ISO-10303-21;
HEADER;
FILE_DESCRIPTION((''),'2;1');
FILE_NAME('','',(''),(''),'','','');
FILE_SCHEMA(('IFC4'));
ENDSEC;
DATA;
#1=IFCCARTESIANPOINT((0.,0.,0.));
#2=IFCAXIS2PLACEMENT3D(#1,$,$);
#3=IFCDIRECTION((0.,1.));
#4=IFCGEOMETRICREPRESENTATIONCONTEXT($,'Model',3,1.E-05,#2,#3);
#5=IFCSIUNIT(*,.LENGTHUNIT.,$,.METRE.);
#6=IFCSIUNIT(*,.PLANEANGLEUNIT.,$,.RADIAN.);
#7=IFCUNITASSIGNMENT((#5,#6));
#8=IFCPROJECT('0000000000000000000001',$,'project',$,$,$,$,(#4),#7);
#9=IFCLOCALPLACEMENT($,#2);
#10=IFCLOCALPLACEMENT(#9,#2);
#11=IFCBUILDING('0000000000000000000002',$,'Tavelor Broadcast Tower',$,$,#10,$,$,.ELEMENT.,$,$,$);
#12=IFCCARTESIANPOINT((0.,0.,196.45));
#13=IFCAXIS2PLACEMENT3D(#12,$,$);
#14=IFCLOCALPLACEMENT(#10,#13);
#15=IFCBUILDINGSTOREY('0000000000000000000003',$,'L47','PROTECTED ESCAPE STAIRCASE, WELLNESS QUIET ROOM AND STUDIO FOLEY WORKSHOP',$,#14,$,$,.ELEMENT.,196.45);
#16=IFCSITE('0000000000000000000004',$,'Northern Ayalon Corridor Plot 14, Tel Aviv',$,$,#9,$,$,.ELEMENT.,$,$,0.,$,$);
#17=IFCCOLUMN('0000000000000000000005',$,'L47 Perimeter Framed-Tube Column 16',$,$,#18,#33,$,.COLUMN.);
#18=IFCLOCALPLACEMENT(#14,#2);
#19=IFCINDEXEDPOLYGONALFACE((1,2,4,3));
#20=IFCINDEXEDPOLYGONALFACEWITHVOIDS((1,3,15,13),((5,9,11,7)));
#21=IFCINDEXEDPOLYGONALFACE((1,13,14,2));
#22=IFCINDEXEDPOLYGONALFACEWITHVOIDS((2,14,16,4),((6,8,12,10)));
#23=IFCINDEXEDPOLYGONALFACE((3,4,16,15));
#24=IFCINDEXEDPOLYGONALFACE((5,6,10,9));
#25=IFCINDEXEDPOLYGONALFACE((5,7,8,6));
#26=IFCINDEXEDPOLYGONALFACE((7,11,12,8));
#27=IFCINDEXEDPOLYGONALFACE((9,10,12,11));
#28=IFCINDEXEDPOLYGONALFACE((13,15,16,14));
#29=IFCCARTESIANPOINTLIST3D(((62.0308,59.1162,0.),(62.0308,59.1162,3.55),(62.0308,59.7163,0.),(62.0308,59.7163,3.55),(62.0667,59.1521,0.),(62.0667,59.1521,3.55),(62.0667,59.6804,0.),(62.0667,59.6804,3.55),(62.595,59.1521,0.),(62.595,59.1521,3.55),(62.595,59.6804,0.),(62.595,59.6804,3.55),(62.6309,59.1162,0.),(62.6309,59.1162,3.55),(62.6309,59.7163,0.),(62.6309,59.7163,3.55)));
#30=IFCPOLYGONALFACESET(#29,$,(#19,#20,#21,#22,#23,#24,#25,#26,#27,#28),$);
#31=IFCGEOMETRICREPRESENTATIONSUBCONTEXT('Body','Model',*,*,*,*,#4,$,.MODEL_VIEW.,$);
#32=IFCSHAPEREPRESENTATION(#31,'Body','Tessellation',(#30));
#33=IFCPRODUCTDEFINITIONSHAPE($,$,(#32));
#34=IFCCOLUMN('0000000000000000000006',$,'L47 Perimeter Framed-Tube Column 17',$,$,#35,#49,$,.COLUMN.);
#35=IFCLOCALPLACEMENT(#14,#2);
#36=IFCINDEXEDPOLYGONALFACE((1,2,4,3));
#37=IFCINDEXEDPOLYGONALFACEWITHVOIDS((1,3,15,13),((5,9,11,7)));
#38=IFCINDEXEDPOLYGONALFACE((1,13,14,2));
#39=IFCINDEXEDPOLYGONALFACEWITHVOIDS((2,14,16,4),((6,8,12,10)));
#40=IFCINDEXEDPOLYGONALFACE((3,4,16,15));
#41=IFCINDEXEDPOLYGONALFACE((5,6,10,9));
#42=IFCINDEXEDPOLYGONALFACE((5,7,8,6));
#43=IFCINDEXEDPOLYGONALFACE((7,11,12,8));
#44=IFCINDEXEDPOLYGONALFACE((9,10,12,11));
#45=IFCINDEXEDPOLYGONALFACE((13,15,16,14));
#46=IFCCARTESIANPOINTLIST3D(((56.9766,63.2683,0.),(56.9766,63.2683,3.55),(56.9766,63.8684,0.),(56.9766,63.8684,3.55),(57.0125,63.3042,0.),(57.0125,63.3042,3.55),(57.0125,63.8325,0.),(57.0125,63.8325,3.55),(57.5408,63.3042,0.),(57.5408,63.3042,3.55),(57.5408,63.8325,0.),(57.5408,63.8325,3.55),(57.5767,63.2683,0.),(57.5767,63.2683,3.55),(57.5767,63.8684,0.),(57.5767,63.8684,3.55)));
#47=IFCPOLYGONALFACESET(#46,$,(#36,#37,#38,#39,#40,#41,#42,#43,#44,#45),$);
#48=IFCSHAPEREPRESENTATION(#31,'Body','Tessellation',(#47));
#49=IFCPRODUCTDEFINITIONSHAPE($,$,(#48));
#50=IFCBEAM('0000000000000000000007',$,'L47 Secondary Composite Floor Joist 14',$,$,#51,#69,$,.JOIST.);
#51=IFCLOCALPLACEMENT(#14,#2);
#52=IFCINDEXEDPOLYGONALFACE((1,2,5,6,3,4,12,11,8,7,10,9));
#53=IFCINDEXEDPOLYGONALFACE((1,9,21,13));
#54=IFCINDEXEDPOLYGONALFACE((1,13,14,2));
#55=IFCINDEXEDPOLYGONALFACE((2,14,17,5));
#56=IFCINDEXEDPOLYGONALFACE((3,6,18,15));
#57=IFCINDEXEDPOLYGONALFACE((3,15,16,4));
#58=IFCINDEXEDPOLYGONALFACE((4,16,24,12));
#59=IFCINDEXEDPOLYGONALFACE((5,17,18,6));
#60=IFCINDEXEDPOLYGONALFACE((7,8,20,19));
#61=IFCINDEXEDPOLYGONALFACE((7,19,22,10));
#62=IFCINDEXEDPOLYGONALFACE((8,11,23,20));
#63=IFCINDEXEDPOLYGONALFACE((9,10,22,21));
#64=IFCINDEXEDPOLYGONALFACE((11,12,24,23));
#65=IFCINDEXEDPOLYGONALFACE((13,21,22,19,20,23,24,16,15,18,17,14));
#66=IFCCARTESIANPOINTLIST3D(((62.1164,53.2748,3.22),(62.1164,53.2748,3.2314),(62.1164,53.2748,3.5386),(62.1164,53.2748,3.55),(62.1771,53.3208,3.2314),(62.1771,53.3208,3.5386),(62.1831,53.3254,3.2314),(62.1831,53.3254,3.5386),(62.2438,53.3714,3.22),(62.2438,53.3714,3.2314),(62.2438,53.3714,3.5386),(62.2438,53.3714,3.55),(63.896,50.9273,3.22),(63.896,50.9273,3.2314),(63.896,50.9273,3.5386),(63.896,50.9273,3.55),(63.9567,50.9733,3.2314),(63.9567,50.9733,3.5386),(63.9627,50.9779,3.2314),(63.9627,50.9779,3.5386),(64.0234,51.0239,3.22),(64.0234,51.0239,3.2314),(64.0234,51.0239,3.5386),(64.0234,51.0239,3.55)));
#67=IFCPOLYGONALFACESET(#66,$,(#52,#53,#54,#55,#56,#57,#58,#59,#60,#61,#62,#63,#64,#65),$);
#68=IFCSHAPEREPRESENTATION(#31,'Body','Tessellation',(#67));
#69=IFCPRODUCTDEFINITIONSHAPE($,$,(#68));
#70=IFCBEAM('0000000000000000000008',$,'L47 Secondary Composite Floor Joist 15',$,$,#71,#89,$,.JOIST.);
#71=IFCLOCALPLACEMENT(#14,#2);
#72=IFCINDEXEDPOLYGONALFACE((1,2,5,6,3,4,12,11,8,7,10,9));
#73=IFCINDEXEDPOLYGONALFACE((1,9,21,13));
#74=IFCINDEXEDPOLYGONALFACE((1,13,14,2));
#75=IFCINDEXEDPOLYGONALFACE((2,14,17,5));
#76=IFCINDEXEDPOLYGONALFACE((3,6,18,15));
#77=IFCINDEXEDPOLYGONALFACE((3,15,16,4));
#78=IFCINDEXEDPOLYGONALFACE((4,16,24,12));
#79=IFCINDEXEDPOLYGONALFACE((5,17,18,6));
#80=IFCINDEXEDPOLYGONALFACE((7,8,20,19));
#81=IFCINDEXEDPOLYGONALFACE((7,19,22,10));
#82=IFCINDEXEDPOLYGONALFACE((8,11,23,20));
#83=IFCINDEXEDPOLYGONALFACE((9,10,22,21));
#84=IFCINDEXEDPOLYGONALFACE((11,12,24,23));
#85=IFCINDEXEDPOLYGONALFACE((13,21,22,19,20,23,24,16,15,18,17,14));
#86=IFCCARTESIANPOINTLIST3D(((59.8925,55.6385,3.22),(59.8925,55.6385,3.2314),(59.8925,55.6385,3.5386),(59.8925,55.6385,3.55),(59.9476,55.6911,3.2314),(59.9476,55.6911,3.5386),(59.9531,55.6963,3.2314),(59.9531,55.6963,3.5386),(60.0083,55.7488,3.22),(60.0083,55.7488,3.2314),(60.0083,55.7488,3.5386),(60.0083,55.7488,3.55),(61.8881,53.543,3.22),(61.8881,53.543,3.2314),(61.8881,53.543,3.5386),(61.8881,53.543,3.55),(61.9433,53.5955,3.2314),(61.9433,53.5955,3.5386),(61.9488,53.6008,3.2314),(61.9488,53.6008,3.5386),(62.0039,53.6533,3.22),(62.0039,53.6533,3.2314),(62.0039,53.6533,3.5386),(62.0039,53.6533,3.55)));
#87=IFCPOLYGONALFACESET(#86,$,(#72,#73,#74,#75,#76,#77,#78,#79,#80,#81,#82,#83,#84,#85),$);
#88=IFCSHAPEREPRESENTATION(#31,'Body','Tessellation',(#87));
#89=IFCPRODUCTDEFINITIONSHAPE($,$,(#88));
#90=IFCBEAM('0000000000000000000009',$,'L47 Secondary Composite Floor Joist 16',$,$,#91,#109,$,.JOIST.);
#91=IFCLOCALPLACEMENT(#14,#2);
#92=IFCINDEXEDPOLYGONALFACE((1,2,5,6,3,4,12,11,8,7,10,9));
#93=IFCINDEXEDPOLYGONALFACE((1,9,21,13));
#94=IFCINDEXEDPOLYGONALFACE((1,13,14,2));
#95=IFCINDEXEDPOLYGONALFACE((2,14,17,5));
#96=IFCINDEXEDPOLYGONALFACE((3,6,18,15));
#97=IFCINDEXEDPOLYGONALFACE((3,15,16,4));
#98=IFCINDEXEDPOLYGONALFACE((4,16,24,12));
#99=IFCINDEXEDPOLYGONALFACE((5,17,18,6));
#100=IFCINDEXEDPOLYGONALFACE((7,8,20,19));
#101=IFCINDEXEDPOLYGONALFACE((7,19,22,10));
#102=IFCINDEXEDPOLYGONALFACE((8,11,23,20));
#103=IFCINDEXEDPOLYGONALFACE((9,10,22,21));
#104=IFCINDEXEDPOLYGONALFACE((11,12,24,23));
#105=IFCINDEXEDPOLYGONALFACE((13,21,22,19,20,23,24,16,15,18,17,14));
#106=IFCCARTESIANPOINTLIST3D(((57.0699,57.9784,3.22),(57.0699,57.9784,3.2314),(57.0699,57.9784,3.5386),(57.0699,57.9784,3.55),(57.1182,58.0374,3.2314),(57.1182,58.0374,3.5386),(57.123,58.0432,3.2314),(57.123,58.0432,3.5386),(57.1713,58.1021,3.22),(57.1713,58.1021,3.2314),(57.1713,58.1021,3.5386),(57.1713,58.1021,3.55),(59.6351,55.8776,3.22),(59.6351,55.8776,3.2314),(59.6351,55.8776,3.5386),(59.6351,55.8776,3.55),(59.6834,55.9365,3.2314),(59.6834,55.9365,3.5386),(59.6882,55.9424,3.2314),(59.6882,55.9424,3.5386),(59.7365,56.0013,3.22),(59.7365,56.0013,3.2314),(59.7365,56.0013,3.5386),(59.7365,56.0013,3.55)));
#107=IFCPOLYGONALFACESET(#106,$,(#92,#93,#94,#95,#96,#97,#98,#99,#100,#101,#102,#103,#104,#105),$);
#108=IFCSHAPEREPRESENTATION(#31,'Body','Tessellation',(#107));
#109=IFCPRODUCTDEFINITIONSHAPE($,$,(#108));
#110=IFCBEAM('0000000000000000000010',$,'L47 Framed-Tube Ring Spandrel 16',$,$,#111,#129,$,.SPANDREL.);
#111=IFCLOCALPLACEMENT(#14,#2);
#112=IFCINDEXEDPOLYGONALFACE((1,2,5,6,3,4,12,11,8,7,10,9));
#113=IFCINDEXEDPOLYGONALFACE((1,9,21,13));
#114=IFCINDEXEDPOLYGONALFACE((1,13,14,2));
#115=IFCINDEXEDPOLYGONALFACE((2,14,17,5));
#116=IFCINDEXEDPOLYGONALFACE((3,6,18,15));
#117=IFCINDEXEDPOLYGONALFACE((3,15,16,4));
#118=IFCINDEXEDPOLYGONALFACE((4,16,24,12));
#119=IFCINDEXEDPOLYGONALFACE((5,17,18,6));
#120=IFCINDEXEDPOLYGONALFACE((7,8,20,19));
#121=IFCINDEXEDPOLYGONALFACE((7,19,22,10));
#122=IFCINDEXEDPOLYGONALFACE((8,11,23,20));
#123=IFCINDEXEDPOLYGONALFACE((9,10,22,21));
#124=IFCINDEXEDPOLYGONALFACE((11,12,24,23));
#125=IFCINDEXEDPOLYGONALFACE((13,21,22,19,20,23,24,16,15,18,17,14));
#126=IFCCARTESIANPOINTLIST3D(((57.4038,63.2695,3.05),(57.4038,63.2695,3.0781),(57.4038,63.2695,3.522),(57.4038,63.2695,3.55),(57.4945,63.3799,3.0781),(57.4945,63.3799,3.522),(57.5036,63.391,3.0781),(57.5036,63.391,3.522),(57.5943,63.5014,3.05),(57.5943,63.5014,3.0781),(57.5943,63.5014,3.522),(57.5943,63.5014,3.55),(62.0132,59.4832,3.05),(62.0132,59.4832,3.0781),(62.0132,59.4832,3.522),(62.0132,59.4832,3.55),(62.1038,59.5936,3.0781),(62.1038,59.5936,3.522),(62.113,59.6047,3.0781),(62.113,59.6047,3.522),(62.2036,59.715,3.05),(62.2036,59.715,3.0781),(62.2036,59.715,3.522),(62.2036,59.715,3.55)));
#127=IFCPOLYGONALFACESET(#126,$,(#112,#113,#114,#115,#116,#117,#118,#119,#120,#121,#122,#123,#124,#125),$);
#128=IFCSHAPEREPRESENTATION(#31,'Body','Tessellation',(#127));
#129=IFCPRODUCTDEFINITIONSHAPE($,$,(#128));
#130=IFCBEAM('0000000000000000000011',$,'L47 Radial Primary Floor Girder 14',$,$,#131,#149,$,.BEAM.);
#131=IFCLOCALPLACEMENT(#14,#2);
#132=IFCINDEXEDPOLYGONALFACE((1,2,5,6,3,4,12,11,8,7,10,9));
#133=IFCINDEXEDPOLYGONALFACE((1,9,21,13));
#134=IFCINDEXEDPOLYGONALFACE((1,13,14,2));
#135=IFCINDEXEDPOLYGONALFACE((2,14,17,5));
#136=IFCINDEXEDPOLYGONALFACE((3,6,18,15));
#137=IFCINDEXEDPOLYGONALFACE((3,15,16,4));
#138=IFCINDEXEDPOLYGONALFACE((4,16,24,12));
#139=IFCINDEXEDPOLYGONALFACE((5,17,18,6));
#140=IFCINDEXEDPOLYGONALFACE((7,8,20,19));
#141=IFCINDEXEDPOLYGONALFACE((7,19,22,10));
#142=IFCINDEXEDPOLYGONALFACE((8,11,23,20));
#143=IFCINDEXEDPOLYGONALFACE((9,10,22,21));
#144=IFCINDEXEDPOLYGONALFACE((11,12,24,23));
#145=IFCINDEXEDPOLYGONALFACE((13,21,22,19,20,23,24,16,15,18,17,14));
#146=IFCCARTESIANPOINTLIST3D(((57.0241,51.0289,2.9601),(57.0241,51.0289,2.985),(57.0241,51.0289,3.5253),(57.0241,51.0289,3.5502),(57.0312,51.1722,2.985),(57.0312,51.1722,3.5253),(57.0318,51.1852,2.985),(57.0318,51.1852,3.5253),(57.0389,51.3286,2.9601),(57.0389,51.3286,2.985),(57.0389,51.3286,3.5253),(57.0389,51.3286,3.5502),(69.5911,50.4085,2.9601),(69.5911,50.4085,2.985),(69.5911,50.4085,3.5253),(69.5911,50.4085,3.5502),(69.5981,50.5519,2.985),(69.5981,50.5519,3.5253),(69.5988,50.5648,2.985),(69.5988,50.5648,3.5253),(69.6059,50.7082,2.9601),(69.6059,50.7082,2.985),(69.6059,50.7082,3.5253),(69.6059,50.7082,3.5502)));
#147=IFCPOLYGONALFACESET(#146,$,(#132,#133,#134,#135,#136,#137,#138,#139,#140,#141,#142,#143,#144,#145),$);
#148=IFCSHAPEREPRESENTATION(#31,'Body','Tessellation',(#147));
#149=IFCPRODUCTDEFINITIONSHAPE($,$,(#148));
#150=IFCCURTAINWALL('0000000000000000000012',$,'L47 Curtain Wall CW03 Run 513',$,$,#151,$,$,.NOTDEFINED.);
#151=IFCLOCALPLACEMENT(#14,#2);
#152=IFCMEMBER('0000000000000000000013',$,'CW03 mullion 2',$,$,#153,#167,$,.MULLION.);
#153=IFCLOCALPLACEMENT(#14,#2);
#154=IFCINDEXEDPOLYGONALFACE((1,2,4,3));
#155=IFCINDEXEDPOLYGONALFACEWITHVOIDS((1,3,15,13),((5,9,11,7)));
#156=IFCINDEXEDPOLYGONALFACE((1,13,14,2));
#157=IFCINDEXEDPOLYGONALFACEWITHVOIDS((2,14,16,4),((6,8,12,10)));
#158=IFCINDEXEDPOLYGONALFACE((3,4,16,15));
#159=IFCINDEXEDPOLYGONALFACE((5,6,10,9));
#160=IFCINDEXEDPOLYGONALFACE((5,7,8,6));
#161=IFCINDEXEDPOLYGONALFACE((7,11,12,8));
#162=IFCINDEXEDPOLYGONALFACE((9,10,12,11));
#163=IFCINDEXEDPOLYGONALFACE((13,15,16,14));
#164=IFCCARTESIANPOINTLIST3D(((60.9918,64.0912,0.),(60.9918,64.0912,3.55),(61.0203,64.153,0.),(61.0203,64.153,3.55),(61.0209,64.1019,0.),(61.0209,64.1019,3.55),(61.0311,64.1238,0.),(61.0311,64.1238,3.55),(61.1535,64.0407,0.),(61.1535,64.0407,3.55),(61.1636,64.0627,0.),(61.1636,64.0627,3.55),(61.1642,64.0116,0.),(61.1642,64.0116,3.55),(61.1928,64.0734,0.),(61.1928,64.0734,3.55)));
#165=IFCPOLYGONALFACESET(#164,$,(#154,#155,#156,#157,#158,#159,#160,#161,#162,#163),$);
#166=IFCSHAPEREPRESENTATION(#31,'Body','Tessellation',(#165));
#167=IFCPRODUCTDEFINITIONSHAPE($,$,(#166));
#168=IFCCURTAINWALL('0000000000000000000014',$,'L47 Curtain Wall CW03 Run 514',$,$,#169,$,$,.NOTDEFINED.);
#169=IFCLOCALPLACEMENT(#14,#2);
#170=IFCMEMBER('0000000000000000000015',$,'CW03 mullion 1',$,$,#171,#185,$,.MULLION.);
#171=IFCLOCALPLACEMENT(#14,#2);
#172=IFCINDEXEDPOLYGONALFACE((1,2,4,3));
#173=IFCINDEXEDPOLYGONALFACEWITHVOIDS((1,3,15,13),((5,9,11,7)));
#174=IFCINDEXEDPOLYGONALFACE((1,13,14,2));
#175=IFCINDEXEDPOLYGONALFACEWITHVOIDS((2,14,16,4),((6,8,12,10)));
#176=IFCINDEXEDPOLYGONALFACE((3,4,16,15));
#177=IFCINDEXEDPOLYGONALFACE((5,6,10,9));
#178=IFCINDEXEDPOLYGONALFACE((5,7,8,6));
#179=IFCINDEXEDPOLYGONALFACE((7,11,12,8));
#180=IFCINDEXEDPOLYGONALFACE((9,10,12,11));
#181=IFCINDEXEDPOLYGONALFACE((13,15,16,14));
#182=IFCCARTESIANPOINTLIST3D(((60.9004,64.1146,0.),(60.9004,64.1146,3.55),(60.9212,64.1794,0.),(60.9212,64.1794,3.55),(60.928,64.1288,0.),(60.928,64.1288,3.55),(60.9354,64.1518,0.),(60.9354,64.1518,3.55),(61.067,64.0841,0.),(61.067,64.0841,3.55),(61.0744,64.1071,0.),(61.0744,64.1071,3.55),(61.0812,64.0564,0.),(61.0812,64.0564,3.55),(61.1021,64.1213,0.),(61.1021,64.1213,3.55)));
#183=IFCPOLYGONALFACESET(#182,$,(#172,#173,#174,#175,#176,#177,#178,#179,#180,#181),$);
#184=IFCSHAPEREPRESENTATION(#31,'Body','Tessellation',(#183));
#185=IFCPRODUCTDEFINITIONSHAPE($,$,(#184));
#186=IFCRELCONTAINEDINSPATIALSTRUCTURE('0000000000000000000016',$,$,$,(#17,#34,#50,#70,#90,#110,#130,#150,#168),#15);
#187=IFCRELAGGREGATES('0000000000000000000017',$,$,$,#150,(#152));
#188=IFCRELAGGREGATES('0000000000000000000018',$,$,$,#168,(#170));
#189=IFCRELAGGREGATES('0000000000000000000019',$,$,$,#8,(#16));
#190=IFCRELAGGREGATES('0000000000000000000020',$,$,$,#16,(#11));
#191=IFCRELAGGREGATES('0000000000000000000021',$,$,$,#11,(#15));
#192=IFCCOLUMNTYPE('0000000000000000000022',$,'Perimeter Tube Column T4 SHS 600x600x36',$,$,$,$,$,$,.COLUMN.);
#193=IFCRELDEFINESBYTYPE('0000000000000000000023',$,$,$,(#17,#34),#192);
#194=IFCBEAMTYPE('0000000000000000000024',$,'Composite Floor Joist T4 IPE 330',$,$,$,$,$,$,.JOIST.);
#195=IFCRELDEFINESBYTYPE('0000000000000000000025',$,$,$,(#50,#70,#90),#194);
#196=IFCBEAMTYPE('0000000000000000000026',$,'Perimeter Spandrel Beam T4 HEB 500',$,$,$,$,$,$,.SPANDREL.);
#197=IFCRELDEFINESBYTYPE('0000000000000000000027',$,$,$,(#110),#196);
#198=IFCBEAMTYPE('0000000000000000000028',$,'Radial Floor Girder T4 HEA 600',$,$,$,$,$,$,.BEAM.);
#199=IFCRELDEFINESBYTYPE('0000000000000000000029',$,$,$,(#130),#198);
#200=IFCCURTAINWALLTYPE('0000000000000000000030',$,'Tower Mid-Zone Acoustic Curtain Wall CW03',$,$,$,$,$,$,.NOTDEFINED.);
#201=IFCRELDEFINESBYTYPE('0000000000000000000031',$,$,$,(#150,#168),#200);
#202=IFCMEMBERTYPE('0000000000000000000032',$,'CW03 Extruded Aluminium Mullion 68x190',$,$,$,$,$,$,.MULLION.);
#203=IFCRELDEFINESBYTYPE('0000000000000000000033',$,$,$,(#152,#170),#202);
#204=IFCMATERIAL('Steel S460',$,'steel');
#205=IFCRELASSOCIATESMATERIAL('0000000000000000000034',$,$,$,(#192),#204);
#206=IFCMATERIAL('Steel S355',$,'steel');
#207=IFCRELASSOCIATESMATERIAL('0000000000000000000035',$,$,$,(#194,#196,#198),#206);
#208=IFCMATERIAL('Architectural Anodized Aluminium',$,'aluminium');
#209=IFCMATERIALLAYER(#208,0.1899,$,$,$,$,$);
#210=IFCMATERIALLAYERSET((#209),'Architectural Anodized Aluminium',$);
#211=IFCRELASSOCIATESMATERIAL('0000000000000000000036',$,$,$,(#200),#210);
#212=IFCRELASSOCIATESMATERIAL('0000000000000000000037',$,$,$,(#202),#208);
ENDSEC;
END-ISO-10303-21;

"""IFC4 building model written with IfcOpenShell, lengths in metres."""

from ifc_helpers import new_model, si_unit, direction, frame, origin, origin_2d, place, context, subcontext, project, spatial, hollow_rectangle, i_section, extrude, source, transform, mapped, material, layer, layer_set, material_profile, profile_set, type_object, type_shapes, element, aggregate, save


model = new_model("IFC4")

# Units and contexts
model_context = context("Model", 3, precision=1e-05, world=origin(), true_north=direction((0.0, 1.0)))
body_context = subcontext(model_context, "Body", "Model", "MODEL_VIEW")
ifc_project = project(units=[si_unit("LENGTHUNIT", "METRE"), si_unit("PLANEANGLEUNIT", "RADIAN")], contexts=[model_context])

# Site, building, storey
site_placement = place(None, origin())
site = spatial("IfcSite", under=ifc_project, at=site_placement, Name="Northern Ayalon Corridor Plot 14, Tel Aviv", CompositionType="ELEMENT", RefElevation=0.0)
building_placement = place(site_placement, origin())
building = spatial("IfcBuilding", under=site, at=building_placement, Name="Tavelor Broadcast Tower", CompositionType="ELEMENT")
storey_placement = place(building_placement, frame((0.0, 0.0, 196.45)))
storey = spatial("IfcBuildingStorey", under=building, at=storey_placement, Name="L47", Description="PROTECTED ESCAPE STAIRCASE, WELLNESS QUIET ROOM AND STUDIO FOLEY WORKSHOP", CompositionType="ELEMENT", Elevation=196.45)

# Columns
ifc_material_1 = material(Name="Steel S460", Category="steel")
ifc_material_profile_1 = material_profile(ifc_material_1, hollow_rectangle(XDim=0.6001, YDim=0.6001, WallThickness=0.0359, at=origin_2d()), Name="SHS 600x600x36")
ifc_profile_set_1 = profile_set([ifc_material_profile_1], Name="Steel S460")
column_type = type_object("IfcColumnType", Name="Perimeter Tube Column T4 SHS 600x600x36", PredefinedType="COLUMN", material=ifc_profile_set_1)
for number, where, z_axis, x_axis, name in (
    (1, (62.3308, 59.4163, 0.0), (0.0, 0.0, 1.0), (1.0, 0.0, 0.0), "L47 Perimeter Framed-Tube Column 16"),
    (2, (57.2766, 63.5684, 0.0), (0.0, 0.0, 1.0), (1.0, 0.0, 0.0), "L47 Perimeter Framed-Tube Column 17"),
):
    element("IfcColumn", number, at=place(storey_placement, frame(where, z_axis=z_axis, x_axis=x_axis)), inside=storey, type_object=column_type, Name=name, PredefinedType="COLUMN", context=body_context, shape_type="SweptSolid", body=[
        extrude(hollow_rectangle(XDim=0.6001, YDim=0.6001, WallThickness=0.0359, at=origin_2d()), origin(), (0.0, 0.0, 1.0), 3.55),
    ])

# Beams
ifc_material_2 = material(Name="Steel S355", Category="steel")
ifc_material_profile_2 = material_profile(ifc_material_2, i_section(OverallWidth=0.1599, OverallDepth=0.3301, WebThickness=0.0076, FlangeThickness=0.0115, at=origin_2d()), Name="IPE 330")
ifc_profile_set_2 = profile_set([ifc_material_profile_2], Name="Steel S355")
beam_type_1 = type_object("IfcBeamType", Name="Composite Floor Joist T4 IPE 330", PredefinedType="JOIST", material=ifc_profile_set_2)
beam_1_placement = place(storey_placement, frame((63.9597, 50.9756, 3.385), z_axis=(-0.604116, 0.796896, 0.0), x_axis=(-0.796896, -0.604116, 0.0)))
element("IfcBeam", 3, at=beam_1_placement, inside=storey, type_object=beam_type_1, Name="L47 Secondary Composite Floor Joist 14", PredefinedType="JOIST", context=body_context, shape_type="SweptSolid", body=[
    extrude(i_section(OverallWidth=0.1599, OverallDepth=0.3301, WebThickness=0.0076, FlangeThickness=0.0115, at=origin_2d()), origin(), (0.0, 0.0, 1.0), 2.9458),
])
beam_2_placement = place(storey_placement, frame((61.946, 53.5981, 3.385), z_axis=(-0.689643, 0.72415, 0.0), x_axis=(-0.72415, -0.689643, 0.0)))
element("IfcBeam", 4, at=beam_2_placement, inside=storey, type_object=beam_type_1, Name="L47 Secondary Composite Floor Joist 15", PredefinedType="JOIST", context=body_context, shape_type="SweptSolid", body=[
    extrude(i_section(OverallWidth=0.1599, OverallDepth=0.3301, WebThickness=0.0076, FlangeThickness=0.0115, at=origin_2d()), origin(), (0.0, 0.0, 1.0), 2.8938),
])
beam_3_placement = place(storey_placement, frame((59.6858, 55.9395, 3.385), z_axis=(-0.773655, 0.633607, 0.0), x_axis=(-0.633607, -0.773655, 0.0)))
element("IfcBeam", 5, at=beam_3_placement, inside=storey, type_object=beam_type_1, Name="L47 Secondary Composite Floor Joist 16", PredefinedType="JOIST", context=body_context, shape_type="SweptSolid", body=[
    extrude(i_section(OverallWidth=0.1599, OverallDepth=0.3301, WebThickness=0.0076, FlangeThickness=0.0115, at=origin_2d()), origin(), (0.0, 0.0, 1.0), 3.3157),
])
ifc_material_profile_3 = material_profile(ifc_material_2, i_section(OverallWidth=0.3, OverallDepth=0.5, WebThickness=0.0144, FlangeThickness=0.0281, at=origin_2d()), Name="HEB 500")
ifc_profile_set_3 = profile_set([ifc_material_profile_3], Name="Steel S355")
beam_type_2 = type_object("IfcBeamType", Name="Perimeter Spandrel Beam T4 HEB 500", PredefinedType="SPANDREL", material=ifc_profile_set_3)
beam_4_placement = place(storey_placement, frame((62.1084, 59.5991, 3.3), z_axis=(-0.772718, 0.63475, 0.0), x_axis=(-0.63475, -0.772718, 0.0)))
element("IfcBeam", 6, at=beam_4_placement, inside=storey, type_object=beam_type_2, Name="L47 Framed-Tube Ring Spandrel 16", PredefinedType="SPANDREL", context=body_context, shape_type="SweptSolid", body=[
    extrude(i_section(OverallWidth=0.3, OverallDepth=0.5, WebThickness=0.0144, FlangeThickness=0.0281, at=origin_2d()), origin(), (0.0, 0.0, 1.0), 5.9651),
])
ifc_material_profile_4 = material_profile(ifc_material_2, i_section(OverallWidth=0.3, OverallDepth=0.5901, WebThickness=0.0129, FlangeThickness=0.0249, at=origin_2d()), Name="HEA 600")
ifc_profile_set_4 = profile_set([ifc_material_profile_4], Name="Steel S355")
beam_type_3 = type_object("IfcBeamType", Name="Radial Floor Girder T4 HEA 600", PredefinedType="BEAM", material=ifc_profile_set_4)
beam_5_placement = place(storey_placement, frame((57.0315, 51.1787, 3.2551), z_axis=(0.998784, -0.049305, 0.0), x_axis=(0.049305, 0.998784, 0.0)))
element("IfcBeam", 7, at=beam_5_placement, inside=storey, type_object=beam_type_3, Name="L47 Radial Primary Floor Girder 14", PredefinedType="BEAM", context=body_context, shape_type="SweptSolid", body=[
    extrude(i_section(OverallWidth=0.3, OverallDepth=0.5901, WebThickness=0.0129, FlangeThickness=0.0249, at=origin_2d()), origin(), (0.0, 0.0, 1.0), 12.5823),
])

# Curtain wall, member
ifc_material_3 = material(Name="Architectural Anodized Aluminium", Category="aluminium")
ifc_layer_1 = layer(ifc_material_3, 0.1899)
ifc_layer_set_1 = layer_set([ifc_layer_1], Name="Architectural Anodized Aluminium")
curtain_wall_type = type_object("IfcCurtainWallType", Name="Tower Mid-Zone Acoustic Curtain Wall CW03", PredefinedType="NOTDEFINED", material=ifc_layer_set_1)
curtain_wall_1_placement = place(storey_placement, origin())
curtain_wall_1 = element("IfcCurtainWall", 8, at=curtain_wall_1_placement, inside=storey, type_object=curtain_wall_type, Name="L47 Curtain Wall CW03 Run 513", PredefinedType="NOTDEFINED")
ifc_material_profile_5 = material_profile(ifc_material_3, hollow_rectangle(XDim=0.0681, YDim=0.1899, WallThickness=0.022, at=origin_2d()), Name="RHS 68x190x22")
ifc_profile_set_5 = profile_set([ifc_material_profile_5], Name="Architectural Anodized Aluminium")
member_type_1 = type_object("IfcMemberType", Name="CW03 Extruded Aluminium Mullion 68x190", PredefinedType="MULLION", material=ifc_profile_set_5)
shared_shape_1 = source(origin(), body_context, "Body", "SweptSolid", [
    extrude(hollow_rectangle(XDim=0.0681, YDim=0.1899, WallThickness=0.022, at=origin_2d()), origin(), (0.0, 0.0, 1.0), 3.55),
])
type_shapes(member_type_1, [shared_shape_1])
member_1_placement = place(storey_placement, frame((61.0923, 64.0823, 0.0), z_axis=(0.0, 0.0, 1.0), x_axis=(-0.419056, -0.90796, 0.0)))
member_1 = element("IfcMember", 9, at=member_1_placement, type_object=member_type_1, Name="CW03 mullion 2", PredefinedType="MULLION", context=body_context, shape_type="MappedRepresentation", body=[
    mapped(shared_shape_1, transform((0.0, 0.0, 0.0), scale=1.0)),
])
aggregate(curtain_wall_1, [member_1])

# Curtain wall, member
curtain_wall_2_placement = place(storey_placement, origin())
curtain_wall_2 = element("IfcCurtainWall", 10, at=curtain_wall_2_placement, inside=storey, type_object=curtain_wall_type, Name="L47 Curtain Wall CW03 Run 514", PredefinedType="NOTDEFINED")
member_2_placement = place(storey_placement, frame((61.0012, 64.1179, 0.0), z_axis=(0.0, 0.0, 1.0), x_axis=(-0.306113, -0.951995, 0.0)))
member_2 = element("IfcMember", 11, at=member_2_placement, type_object=member_type_1, Name="CW03 mullion 1", PredefinedType="MULLION", context=body_context, shape_type="MappedRepresentation", body=[
    mapped(shared_shape_1, transform((0.0, 0.0, 0.0), scale=1.0)),
])

aggregate(curtain_wall_2, [member_2])

save(model, "model.ifc")
